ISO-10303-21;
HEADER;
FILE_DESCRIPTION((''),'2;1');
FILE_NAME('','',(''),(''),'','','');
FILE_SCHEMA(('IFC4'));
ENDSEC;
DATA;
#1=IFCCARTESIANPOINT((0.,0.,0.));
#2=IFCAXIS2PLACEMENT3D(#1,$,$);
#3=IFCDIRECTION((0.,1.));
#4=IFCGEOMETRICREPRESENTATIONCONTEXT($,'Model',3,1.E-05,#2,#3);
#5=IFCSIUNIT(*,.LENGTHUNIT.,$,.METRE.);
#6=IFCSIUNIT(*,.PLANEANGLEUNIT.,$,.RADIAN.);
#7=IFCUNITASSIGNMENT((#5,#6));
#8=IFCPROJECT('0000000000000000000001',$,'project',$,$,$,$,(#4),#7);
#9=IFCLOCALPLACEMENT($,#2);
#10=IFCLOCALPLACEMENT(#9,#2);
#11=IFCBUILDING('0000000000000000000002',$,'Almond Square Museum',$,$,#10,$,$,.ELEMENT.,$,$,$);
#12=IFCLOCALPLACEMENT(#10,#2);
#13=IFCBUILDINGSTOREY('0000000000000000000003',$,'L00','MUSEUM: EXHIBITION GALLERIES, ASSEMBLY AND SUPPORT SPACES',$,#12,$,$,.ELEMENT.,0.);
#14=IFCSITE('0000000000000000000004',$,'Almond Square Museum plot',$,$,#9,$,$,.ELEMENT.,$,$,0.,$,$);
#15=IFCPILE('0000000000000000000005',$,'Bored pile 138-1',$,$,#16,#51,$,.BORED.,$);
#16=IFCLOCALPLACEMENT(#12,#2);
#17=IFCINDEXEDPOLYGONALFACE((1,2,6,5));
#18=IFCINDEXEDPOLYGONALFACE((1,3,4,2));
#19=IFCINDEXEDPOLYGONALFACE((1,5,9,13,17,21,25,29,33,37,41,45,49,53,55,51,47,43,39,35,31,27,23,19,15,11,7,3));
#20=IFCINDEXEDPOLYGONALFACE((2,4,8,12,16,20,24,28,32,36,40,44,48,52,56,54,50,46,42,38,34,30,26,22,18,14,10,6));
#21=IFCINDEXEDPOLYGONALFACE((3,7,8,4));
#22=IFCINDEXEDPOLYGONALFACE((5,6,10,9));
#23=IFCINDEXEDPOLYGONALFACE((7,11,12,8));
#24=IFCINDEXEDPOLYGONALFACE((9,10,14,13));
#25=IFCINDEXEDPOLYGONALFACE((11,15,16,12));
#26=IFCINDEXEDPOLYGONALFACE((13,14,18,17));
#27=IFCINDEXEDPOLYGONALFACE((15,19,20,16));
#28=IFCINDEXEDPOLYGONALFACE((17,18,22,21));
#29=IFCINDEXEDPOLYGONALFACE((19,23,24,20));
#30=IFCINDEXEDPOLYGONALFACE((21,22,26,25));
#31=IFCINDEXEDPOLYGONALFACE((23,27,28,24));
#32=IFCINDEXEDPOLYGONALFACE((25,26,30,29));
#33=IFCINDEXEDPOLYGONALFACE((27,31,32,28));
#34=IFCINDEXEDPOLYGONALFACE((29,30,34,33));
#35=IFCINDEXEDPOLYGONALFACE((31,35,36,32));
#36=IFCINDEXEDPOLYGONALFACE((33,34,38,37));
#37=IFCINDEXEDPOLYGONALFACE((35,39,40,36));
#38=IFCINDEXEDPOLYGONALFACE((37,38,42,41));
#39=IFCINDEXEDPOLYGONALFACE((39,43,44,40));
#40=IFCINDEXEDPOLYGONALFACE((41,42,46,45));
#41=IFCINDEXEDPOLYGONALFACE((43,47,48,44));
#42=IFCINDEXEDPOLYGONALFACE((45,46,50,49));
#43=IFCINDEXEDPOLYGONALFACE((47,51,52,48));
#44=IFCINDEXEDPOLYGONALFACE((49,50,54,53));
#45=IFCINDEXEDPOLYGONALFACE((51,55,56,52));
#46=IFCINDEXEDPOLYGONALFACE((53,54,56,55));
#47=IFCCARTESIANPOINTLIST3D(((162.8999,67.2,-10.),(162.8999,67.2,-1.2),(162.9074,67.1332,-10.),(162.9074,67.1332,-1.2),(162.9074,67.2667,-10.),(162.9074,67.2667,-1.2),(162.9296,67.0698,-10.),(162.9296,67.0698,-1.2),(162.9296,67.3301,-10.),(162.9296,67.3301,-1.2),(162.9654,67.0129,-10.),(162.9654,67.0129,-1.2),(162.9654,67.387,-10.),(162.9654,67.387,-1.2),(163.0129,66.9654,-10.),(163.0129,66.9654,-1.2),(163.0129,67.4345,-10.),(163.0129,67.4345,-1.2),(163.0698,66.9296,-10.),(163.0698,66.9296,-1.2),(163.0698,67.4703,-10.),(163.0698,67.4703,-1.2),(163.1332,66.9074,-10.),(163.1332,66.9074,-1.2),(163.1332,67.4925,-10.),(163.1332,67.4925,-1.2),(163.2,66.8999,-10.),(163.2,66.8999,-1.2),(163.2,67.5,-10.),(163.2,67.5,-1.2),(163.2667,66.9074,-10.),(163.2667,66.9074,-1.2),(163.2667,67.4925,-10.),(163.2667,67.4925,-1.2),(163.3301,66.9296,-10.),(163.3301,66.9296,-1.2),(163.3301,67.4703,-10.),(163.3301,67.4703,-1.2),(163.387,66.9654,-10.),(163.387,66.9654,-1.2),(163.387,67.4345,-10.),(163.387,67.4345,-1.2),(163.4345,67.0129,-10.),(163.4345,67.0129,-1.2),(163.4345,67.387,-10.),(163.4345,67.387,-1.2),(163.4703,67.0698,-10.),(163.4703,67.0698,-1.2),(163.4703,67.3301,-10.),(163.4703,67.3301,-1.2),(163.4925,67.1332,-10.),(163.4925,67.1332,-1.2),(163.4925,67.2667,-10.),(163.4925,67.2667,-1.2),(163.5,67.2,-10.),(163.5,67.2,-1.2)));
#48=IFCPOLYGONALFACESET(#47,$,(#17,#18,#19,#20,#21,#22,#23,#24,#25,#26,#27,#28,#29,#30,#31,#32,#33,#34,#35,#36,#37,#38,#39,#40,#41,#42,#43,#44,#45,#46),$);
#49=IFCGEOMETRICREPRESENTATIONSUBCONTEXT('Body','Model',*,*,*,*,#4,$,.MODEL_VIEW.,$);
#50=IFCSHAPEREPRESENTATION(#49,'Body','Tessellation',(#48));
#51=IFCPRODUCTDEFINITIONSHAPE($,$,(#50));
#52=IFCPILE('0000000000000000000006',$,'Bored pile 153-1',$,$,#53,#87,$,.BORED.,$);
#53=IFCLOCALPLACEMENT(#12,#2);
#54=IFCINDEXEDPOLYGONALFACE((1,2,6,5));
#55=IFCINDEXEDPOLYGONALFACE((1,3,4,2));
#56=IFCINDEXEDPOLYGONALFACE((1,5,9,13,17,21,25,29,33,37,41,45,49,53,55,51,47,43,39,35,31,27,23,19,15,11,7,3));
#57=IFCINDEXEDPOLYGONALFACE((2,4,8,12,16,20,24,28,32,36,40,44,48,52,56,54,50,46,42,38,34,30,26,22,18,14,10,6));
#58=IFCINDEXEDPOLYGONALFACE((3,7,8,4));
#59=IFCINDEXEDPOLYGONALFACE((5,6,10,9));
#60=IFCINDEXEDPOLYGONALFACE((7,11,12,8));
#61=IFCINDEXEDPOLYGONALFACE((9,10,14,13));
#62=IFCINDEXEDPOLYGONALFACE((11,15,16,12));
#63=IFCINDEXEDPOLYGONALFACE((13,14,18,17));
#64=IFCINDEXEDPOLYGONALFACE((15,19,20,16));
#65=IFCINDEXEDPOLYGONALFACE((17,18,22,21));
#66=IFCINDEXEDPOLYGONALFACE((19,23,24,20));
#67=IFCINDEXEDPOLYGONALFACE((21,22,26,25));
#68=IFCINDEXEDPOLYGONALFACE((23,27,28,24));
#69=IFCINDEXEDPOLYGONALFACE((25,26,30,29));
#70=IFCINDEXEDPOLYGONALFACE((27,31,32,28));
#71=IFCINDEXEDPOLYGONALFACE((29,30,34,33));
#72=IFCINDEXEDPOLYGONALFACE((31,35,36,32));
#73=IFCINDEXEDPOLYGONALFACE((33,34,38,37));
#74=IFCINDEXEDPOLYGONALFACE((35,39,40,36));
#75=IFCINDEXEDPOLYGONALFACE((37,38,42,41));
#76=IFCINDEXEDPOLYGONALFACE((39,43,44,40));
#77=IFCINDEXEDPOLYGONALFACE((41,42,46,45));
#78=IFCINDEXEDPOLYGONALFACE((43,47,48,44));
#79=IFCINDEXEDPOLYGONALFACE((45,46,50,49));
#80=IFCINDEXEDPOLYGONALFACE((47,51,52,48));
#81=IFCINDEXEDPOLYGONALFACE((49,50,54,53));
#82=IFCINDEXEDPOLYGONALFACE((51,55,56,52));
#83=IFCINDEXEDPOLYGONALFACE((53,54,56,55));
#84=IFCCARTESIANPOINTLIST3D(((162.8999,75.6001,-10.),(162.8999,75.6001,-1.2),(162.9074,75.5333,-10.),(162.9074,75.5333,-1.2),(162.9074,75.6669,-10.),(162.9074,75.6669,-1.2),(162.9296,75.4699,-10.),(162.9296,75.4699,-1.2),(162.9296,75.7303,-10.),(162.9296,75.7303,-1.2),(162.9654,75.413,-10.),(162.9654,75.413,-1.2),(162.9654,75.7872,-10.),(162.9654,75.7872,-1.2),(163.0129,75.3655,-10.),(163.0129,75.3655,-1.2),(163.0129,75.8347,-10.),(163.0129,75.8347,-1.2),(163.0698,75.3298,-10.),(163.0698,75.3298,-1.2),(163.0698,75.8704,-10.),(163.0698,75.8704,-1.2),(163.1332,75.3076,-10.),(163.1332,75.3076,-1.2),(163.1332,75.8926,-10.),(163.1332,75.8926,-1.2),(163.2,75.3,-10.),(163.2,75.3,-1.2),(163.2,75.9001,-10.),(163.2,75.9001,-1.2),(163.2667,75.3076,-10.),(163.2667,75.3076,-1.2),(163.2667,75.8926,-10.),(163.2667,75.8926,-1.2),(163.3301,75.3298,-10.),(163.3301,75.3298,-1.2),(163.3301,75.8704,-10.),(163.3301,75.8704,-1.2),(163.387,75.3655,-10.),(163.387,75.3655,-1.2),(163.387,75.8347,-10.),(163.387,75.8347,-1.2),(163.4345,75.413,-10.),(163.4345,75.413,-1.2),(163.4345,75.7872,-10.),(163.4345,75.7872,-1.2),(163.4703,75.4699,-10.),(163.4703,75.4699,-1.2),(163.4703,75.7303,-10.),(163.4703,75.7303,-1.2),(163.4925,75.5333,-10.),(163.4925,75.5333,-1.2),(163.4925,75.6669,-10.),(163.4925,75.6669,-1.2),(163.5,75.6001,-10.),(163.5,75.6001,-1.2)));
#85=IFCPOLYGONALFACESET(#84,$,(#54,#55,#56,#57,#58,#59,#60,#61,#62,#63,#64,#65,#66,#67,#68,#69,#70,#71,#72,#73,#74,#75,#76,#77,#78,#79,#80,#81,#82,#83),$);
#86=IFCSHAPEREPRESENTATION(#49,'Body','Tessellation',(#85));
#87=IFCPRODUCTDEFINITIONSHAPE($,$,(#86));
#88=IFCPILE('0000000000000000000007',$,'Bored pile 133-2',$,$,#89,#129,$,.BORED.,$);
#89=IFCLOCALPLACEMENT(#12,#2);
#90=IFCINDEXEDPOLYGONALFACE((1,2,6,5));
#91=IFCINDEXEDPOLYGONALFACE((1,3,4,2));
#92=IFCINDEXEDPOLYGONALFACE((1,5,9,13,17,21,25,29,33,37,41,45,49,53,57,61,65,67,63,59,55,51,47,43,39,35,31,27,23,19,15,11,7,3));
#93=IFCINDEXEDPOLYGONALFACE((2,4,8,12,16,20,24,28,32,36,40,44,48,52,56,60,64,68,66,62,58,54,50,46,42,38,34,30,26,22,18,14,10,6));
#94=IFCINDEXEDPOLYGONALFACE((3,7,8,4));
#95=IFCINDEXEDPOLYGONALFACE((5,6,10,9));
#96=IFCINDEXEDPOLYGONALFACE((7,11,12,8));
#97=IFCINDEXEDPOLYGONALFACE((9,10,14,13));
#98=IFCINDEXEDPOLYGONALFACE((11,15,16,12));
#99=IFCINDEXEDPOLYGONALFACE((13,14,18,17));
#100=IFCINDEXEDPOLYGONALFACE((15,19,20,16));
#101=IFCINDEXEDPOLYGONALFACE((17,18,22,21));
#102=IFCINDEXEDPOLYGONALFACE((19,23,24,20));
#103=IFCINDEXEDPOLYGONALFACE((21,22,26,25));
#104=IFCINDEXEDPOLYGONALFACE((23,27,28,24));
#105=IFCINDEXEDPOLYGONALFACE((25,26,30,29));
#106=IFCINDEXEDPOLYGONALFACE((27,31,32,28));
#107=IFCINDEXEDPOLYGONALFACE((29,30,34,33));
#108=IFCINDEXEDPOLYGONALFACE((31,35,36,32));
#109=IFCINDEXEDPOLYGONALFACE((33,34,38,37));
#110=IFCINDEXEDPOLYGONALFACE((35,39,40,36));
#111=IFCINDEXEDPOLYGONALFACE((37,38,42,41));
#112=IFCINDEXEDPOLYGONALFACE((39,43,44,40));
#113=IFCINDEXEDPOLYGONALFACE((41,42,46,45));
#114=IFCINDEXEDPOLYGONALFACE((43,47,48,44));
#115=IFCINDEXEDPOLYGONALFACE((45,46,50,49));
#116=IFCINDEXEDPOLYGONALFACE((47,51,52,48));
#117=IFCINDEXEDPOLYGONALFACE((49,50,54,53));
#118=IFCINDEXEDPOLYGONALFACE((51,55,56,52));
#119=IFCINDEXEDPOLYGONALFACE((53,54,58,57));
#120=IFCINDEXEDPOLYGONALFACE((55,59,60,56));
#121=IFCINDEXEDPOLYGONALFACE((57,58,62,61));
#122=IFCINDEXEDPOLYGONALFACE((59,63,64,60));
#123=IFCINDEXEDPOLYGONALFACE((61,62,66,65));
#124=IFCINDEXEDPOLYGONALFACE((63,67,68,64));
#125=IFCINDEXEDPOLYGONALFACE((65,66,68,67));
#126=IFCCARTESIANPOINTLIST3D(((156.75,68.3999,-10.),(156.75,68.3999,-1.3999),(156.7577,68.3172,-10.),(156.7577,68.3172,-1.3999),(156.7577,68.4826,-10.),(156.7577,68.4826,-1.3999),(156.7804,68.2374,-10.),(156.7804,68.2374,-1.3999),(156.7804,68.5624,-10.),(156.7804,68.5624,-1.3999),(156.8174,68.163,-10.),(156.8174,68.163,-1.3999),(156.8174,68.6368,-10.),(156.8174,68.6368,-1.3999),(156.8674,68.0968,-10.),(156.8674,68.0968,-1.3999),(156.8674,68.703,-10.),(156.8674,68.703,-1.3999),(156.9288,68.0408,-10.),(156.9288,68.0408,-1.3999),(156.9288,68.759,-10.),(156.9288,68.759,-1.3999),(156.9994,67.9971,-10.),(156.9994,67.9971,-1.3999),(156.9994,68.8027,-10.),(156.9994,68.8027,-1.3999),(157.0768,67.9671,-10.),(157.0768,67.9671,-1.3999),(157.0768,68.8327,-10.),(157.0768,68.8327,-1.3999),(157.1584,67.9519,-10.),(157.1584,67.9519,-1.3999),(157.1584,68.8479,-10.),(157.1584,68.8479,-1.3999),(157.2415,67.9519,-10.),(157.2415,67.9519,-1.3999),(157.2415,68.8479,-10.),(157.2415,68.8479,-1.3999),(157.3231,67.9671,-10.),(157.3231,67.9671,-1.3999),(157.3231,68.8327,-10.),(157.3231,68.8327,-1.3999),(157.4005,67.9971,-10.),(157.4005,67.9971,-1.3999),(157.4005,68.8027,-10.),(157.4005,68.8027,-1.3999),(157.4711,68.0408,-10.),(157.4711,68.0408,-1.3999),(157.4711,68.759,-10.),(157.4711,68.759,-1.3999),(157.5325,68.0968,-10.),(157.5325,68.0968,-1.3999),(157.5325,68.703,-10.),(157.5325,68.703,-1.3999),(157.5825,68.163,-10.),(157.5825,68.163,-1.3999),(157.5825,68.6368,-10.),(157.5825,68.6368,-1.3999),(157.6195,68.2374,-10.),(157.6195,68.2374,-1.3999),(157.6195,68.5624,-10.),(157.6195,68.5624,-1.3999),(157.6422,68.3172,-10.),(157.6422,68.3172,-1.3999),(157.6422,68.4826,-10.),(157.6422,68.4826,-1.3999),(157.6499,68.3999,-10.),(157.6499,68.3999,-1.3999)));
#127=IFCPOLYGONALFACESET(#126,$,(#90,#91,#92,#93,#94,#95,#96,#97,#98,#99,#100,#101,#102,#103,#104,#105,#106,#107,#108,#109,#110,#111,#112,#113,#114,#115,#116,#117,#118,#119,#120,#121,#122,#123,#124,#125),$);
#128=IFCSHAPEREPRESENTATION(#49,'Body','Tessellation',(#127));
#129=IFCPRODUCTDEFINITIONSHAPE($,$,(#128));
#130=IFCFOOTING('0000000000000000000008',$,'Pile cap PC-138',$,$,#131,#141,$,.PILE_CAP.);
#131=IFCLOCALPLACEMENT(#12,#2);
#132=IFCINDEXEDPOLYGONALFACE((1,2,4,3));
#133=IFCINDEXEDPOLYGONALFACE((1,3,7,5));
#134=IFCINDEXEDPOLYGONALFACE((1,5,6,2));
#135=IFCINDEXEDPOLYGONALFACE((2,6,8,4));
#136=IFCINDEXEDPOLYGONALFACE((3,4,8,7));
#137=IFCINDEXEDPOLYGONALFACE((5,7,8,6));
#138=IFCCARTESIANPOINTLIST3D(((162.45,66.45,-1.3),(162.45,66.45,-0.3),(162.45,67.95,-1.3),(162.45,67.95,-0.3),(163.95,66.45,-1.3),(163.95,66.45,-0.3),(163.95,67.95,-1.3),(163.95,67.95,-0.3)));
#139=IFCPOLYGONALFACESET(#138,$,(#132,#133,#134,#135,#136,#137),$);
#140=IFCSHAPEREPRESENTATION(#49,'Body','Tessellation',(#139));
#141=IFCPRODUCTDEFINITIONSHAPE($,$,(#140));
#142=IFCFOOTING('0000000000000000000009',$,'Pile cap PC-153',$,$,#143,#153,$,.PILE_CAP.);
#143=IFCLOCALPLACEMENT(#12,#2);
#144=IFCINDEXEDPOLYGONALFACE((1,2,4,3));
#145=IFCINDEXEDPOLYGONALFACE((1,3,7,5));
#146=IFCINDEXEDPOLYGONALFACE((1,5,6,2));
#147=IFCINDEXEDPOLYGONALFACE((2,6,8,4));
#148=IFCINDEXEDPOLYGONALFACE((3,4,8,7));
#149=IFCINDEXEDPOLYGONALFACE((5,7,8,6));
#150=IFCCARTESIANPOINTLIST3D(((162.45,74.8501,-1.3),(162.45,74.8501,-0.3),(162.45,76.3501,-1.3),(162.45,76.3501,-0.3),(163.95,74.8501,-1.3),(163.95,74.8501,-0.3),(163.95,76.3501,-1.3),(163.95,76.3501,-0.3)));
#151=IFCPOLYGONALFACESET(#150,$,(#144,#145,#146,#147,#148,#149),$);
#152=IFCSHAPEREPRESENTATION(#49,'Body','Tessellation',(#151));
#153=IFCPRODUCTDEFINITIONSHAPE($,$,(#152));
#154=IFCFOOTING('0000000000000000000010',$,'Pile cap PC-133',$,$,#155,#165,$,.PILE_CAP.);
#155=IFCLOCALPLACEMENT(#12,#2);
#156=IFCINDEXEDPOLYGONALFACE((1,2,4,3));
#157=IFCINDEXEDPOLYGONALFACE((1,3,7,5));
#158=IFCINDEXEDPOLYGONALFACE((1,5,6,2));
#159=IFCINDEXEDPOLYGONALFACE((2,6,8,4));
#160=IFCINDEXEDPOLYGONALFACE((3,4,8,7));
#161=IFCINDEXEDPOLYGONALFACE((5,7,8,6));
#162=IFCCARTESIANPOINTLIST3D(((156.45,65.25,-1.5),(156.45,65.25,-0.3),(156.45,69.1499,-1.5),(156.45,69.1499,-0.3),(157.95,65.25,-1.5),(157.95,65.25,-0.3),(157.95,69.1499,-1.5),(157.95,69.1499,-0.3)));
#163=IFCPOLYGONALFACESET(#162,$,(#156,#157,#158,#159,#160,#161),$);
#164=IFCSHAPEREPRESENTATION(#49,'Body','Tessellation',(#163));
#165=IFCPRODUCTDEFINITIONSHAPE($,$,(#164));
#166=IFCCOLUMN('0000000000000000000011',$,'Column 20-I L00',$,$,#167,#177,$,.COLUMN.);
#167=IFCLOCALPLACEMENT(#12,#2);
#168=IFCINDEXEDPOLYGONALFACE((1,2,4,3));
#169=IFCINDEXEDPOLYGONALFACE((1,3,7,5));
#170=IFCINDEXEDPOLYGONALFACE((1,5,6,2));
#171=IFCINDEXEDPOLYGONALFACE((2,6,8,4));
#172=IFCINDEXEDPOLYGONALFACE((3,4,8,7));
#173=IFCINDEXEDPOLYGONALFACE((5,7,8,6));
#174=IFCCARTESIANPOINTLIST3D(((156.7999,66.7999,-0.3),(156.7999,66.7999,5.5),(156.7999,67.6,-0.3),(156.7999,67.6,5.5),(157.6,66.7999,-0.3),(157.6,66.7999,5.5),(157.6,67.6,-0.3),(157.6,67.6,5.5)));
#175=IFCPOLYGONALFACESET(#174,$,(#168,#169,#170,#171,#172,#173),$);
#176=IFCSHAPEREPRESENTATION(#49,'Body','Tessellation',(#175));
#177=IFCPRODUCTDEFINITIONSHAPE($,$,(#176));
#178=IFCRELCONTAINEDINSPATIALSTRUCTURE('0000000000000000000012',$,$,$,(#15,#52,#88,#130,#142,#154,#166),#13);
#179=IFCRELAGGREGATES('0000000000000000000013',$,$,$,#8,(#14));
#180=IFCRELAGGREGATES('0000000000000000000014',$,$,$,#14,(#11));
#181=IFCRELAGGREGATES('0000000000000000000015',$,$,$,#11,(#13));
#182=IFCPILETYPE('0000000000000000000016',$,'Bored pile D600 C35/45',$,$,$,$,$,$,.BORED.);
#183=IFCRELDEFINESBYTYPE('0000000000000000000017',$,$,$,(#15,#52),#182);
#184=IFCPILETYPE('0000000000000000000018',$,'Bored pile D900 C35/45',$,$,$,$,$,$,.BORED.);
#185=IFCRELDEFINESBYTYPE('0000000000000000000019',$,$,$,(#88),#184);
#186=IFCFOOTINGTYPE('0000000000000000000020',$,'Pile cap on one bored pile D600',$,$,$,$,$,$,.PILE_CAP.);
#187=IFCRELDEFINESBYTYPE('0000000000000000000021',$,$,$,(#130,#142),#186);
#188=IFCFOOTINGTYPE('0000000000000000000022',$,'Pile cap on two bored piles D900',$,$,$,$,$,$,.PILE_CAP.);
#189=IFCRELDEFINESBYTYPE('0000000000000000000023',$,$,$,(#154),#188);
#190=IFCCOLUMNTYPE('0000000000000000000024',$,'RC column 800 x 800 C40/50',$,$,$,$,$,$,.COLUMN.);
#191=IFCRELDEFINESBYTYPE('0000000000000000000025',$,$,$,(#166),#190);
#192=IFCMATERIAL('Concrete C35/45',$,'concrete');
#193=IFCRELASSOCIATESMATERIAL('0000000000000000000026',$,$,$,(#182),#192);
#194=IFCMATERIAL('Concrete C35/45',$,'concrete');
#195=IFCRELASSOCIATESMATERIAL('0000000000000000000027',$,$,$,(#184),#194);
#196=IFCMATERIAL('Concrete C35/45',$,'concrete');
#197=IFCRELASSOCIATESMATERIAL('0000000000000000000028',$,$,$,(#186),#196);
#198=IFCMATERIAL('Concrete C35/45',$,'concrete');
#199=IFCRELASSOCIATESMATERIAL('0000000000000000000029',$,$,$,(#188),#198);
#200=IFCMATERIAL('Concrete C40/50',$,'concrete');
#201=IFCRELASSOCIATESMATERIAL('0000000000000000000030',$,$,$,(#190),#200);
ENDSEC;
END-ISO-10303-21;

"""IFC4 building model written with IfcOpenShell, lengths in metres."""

from ifc_helpers import new_model, si_unit, direction, frame, origin, origin_2d, place, context, subcontext, project, spatial, rectangle, circle, extrude, material, material_profile, profile_set, type_object, element, save


model = new_model("IFC4")

# Units and contexts
model_context = context("Model", 3, precision=1e-05, world=origin(), true_north=direction((0.0, 1.0)))
body_context = subcontext(model_context, "Body", "Model", "MODEL_VIEW")
ifc_project = project(units=[si_unit("LENGTHUNIT", "METRE"), si_unit("PLANEANGLEUNIT", "RADIAN")], contexts=[model_context])

# Site, building, storey
site_placement = place(None, origin())
site = spatial("IfcSite", under=ifc_project, at=site_placement, Name="Almond Square Museum plot", CompositionType="ELEMENT", RefElevation=0.0)
building_placement = place(site_placement, origin())
building = spatial("IfcBuilding", under=site, at=building_placement, Name="Almond Square Museum", CompositionType="ELEMENT")
storey_placement = place(building_placement, origin())
storey = spatial("IfcBuildingStorey", under=building, at=storey_placement, Name="L00", Description="MUSEUM: EXHIBITION GALLERIES, ASSEMBLY AND SUPPORT SPACES", CompositionType="ELEMENT", Elevation=0.0)

# Piles
ifc_material_1 = material(Name="Concrete C35/45", Category="concrete")
ifc_material_profile_1 = material_profile(ifc_material_1, circle(Radius=0.3, at=origin_2d()))
ifc_profile_set_1 = profile_set([ifc_material_profile_1], Name="Concrete C35/45")
pile_type_1 = type_object("IfcPileType", Name="Bored pile D600 C35/45", PredefinedType="BORED", material=ifc_profile_set_1)
for number, where, z_axis, x_axis, name in (
    (1, (163.2, 67.2, -1.2), (0.0, 0.0, -1.0), (1.0, 0.0, 0.0), "Bored pile 138-1"),
    (2, (163.2, 75.6001, -1.2), (0.0, 0.0, -1.0), (1.0, 0.0, 0.0), "Bored pile 153-1"),
):
    element("IfcPile", number, at=place(storey_placement, frame(where, z_axis=z_axis, x_axis=x_axis)), inside=storey, type_object=pile_type_1, Name=name, PredefinedType="BORED", context=body_context, shape_type="SweptSolid", body=[
        extrude(circle(Radius=0.3, at=origin_2d()), origin(), (0.0, 0.0, 1.0), 8.8),
    ])
ifc_material_2 = material(Name="Concrete C35/45", Category="concrete")
ifc_material_profile_2 = material_profile(ifc_material_2, circle(Radius=0.45, at=origin_2d()))
ifc_profile_set_2 = profile_set([ifc_material_profile_2], Name="Concrete C35/45")
pile_type_2 = type_object("IfcPileType", Name="Bored pile D900 C35/45", PredefinedType="BORED", material=ifc_profile_set_2)
pile_placement = place(storey_placement, frame((157.2, 68.3999, -1.3999), z_axis=(0.0, 0.0, -1.0), x_axis=(1.0, 0.0, 0.0)))
element("IfcPile", 3, at=pile_placement, inside=storey, type_object=pile_type_2, Name="Bored pile 133-2", PredefinedType="BORED", context=body_context, shape_type="SweptSolid", body=[
    extrude(circle(Radius=0.45, at=origin_2d()), origin(), (0.0, 0.0, 1.0), 8.6001),
])

# Footings
ifc_material_3 = material(Name="Concrete C35/45", Category="concrete")
footing_type_1 = type_object("IfcFootingType", Name="Pile cap on one bored pile D600", PredefinedType="PILE_CAP", material=ifc_material_3)
for number, where, z_axis, x_axis, name in (
    (4, (163.2, 67.2, -1.3), (0.0, 0.0, 1.0), (1.0, 0.0, 0.0), "Pile cap PC-138"),
    (5, (163.2, 75.6001, -1.3), (0.0, 0.0, 1.0), (1.0, 0.0, 0.0), "Pile cap PC-153"),
):
    element("IfcFooting", number, at=place(storey_placement, frame(where, z_axis=z_axis, x_axis=x_axis)), inside=storey, type_object=footing_type_1, Name=name, PredefinedType="PILE_CAP", context=body_context, shape_type="SweptSolid", body=[
        extrude(rectangle(XDim=1.5, YDim=1.5, at=origin_2d()), origin(), (0.0, 0.0, 1.0), 1.0),
    ])
ifc_material_4 = material(Name="Concrete C35/45", Category="concrete")
footing_type_2 = type_object("IfcFootingType", Name="Pile cap on two bored piles D900", PredefinedType="PILE_CAP", material=ifc_material_4)
footing_placement = place(storey_placement, frame((157.2, 67.2, -1.5), z_axis=(0.0, 0.0, 1.0), x_axis=(1.0, 0.0, 0.0)))
element("IfcFooting", 6, at=footing_placement, inside=storey, type_object=footing_type_2, Name="Pile cap PC-133", PredefinedType="PILE_CAP", context=body_context, shape_type="SweptSolid", body=[
    extrude(rectangle(XDim=1.5, YDim=3.8999, at=origin_2d()), origin(), (0.0, 0.0, 1.0), 1.2),
])

# Column
ifc_material_5 = material(Name="Concrete C40/50", Category="concrete")
ifc_material_profile_3 = material_profile(ifc_material_5, rectangle(XDim=0.8, YDim=0.8, at=origin_2d()))
ifc_profile_set_3 = profile_set([ifc_material_profile_3], Name="Concrete C40/50")
column_type_1 = type_object("IfcColumnType", Name="RC column 800 x 800 C40/50", PredefinedType="COLUMN", material=ifc_profile_set_3)
column_placement = place(storey_placement, frame((157.2, 67.2, -0.3), z_axis=(0.0, 0.0, 1.0), x_axis=(1.0, 0.0, 0.0)))
element("IfcColumn", 7, at=column_placement, inside=storey, type_object=column_type_1, Name="Column 20-I L00", PredefinedType="COLUMN", context=body_context, shape_type="SweptSolid", body=[
    extrude(rectangle(XDim=0.8, YDim=0.8, at=origin_2d()), origin(), (0.0, 0.0, 1.0), 5.8),
])

save(model, "model.ifc")
